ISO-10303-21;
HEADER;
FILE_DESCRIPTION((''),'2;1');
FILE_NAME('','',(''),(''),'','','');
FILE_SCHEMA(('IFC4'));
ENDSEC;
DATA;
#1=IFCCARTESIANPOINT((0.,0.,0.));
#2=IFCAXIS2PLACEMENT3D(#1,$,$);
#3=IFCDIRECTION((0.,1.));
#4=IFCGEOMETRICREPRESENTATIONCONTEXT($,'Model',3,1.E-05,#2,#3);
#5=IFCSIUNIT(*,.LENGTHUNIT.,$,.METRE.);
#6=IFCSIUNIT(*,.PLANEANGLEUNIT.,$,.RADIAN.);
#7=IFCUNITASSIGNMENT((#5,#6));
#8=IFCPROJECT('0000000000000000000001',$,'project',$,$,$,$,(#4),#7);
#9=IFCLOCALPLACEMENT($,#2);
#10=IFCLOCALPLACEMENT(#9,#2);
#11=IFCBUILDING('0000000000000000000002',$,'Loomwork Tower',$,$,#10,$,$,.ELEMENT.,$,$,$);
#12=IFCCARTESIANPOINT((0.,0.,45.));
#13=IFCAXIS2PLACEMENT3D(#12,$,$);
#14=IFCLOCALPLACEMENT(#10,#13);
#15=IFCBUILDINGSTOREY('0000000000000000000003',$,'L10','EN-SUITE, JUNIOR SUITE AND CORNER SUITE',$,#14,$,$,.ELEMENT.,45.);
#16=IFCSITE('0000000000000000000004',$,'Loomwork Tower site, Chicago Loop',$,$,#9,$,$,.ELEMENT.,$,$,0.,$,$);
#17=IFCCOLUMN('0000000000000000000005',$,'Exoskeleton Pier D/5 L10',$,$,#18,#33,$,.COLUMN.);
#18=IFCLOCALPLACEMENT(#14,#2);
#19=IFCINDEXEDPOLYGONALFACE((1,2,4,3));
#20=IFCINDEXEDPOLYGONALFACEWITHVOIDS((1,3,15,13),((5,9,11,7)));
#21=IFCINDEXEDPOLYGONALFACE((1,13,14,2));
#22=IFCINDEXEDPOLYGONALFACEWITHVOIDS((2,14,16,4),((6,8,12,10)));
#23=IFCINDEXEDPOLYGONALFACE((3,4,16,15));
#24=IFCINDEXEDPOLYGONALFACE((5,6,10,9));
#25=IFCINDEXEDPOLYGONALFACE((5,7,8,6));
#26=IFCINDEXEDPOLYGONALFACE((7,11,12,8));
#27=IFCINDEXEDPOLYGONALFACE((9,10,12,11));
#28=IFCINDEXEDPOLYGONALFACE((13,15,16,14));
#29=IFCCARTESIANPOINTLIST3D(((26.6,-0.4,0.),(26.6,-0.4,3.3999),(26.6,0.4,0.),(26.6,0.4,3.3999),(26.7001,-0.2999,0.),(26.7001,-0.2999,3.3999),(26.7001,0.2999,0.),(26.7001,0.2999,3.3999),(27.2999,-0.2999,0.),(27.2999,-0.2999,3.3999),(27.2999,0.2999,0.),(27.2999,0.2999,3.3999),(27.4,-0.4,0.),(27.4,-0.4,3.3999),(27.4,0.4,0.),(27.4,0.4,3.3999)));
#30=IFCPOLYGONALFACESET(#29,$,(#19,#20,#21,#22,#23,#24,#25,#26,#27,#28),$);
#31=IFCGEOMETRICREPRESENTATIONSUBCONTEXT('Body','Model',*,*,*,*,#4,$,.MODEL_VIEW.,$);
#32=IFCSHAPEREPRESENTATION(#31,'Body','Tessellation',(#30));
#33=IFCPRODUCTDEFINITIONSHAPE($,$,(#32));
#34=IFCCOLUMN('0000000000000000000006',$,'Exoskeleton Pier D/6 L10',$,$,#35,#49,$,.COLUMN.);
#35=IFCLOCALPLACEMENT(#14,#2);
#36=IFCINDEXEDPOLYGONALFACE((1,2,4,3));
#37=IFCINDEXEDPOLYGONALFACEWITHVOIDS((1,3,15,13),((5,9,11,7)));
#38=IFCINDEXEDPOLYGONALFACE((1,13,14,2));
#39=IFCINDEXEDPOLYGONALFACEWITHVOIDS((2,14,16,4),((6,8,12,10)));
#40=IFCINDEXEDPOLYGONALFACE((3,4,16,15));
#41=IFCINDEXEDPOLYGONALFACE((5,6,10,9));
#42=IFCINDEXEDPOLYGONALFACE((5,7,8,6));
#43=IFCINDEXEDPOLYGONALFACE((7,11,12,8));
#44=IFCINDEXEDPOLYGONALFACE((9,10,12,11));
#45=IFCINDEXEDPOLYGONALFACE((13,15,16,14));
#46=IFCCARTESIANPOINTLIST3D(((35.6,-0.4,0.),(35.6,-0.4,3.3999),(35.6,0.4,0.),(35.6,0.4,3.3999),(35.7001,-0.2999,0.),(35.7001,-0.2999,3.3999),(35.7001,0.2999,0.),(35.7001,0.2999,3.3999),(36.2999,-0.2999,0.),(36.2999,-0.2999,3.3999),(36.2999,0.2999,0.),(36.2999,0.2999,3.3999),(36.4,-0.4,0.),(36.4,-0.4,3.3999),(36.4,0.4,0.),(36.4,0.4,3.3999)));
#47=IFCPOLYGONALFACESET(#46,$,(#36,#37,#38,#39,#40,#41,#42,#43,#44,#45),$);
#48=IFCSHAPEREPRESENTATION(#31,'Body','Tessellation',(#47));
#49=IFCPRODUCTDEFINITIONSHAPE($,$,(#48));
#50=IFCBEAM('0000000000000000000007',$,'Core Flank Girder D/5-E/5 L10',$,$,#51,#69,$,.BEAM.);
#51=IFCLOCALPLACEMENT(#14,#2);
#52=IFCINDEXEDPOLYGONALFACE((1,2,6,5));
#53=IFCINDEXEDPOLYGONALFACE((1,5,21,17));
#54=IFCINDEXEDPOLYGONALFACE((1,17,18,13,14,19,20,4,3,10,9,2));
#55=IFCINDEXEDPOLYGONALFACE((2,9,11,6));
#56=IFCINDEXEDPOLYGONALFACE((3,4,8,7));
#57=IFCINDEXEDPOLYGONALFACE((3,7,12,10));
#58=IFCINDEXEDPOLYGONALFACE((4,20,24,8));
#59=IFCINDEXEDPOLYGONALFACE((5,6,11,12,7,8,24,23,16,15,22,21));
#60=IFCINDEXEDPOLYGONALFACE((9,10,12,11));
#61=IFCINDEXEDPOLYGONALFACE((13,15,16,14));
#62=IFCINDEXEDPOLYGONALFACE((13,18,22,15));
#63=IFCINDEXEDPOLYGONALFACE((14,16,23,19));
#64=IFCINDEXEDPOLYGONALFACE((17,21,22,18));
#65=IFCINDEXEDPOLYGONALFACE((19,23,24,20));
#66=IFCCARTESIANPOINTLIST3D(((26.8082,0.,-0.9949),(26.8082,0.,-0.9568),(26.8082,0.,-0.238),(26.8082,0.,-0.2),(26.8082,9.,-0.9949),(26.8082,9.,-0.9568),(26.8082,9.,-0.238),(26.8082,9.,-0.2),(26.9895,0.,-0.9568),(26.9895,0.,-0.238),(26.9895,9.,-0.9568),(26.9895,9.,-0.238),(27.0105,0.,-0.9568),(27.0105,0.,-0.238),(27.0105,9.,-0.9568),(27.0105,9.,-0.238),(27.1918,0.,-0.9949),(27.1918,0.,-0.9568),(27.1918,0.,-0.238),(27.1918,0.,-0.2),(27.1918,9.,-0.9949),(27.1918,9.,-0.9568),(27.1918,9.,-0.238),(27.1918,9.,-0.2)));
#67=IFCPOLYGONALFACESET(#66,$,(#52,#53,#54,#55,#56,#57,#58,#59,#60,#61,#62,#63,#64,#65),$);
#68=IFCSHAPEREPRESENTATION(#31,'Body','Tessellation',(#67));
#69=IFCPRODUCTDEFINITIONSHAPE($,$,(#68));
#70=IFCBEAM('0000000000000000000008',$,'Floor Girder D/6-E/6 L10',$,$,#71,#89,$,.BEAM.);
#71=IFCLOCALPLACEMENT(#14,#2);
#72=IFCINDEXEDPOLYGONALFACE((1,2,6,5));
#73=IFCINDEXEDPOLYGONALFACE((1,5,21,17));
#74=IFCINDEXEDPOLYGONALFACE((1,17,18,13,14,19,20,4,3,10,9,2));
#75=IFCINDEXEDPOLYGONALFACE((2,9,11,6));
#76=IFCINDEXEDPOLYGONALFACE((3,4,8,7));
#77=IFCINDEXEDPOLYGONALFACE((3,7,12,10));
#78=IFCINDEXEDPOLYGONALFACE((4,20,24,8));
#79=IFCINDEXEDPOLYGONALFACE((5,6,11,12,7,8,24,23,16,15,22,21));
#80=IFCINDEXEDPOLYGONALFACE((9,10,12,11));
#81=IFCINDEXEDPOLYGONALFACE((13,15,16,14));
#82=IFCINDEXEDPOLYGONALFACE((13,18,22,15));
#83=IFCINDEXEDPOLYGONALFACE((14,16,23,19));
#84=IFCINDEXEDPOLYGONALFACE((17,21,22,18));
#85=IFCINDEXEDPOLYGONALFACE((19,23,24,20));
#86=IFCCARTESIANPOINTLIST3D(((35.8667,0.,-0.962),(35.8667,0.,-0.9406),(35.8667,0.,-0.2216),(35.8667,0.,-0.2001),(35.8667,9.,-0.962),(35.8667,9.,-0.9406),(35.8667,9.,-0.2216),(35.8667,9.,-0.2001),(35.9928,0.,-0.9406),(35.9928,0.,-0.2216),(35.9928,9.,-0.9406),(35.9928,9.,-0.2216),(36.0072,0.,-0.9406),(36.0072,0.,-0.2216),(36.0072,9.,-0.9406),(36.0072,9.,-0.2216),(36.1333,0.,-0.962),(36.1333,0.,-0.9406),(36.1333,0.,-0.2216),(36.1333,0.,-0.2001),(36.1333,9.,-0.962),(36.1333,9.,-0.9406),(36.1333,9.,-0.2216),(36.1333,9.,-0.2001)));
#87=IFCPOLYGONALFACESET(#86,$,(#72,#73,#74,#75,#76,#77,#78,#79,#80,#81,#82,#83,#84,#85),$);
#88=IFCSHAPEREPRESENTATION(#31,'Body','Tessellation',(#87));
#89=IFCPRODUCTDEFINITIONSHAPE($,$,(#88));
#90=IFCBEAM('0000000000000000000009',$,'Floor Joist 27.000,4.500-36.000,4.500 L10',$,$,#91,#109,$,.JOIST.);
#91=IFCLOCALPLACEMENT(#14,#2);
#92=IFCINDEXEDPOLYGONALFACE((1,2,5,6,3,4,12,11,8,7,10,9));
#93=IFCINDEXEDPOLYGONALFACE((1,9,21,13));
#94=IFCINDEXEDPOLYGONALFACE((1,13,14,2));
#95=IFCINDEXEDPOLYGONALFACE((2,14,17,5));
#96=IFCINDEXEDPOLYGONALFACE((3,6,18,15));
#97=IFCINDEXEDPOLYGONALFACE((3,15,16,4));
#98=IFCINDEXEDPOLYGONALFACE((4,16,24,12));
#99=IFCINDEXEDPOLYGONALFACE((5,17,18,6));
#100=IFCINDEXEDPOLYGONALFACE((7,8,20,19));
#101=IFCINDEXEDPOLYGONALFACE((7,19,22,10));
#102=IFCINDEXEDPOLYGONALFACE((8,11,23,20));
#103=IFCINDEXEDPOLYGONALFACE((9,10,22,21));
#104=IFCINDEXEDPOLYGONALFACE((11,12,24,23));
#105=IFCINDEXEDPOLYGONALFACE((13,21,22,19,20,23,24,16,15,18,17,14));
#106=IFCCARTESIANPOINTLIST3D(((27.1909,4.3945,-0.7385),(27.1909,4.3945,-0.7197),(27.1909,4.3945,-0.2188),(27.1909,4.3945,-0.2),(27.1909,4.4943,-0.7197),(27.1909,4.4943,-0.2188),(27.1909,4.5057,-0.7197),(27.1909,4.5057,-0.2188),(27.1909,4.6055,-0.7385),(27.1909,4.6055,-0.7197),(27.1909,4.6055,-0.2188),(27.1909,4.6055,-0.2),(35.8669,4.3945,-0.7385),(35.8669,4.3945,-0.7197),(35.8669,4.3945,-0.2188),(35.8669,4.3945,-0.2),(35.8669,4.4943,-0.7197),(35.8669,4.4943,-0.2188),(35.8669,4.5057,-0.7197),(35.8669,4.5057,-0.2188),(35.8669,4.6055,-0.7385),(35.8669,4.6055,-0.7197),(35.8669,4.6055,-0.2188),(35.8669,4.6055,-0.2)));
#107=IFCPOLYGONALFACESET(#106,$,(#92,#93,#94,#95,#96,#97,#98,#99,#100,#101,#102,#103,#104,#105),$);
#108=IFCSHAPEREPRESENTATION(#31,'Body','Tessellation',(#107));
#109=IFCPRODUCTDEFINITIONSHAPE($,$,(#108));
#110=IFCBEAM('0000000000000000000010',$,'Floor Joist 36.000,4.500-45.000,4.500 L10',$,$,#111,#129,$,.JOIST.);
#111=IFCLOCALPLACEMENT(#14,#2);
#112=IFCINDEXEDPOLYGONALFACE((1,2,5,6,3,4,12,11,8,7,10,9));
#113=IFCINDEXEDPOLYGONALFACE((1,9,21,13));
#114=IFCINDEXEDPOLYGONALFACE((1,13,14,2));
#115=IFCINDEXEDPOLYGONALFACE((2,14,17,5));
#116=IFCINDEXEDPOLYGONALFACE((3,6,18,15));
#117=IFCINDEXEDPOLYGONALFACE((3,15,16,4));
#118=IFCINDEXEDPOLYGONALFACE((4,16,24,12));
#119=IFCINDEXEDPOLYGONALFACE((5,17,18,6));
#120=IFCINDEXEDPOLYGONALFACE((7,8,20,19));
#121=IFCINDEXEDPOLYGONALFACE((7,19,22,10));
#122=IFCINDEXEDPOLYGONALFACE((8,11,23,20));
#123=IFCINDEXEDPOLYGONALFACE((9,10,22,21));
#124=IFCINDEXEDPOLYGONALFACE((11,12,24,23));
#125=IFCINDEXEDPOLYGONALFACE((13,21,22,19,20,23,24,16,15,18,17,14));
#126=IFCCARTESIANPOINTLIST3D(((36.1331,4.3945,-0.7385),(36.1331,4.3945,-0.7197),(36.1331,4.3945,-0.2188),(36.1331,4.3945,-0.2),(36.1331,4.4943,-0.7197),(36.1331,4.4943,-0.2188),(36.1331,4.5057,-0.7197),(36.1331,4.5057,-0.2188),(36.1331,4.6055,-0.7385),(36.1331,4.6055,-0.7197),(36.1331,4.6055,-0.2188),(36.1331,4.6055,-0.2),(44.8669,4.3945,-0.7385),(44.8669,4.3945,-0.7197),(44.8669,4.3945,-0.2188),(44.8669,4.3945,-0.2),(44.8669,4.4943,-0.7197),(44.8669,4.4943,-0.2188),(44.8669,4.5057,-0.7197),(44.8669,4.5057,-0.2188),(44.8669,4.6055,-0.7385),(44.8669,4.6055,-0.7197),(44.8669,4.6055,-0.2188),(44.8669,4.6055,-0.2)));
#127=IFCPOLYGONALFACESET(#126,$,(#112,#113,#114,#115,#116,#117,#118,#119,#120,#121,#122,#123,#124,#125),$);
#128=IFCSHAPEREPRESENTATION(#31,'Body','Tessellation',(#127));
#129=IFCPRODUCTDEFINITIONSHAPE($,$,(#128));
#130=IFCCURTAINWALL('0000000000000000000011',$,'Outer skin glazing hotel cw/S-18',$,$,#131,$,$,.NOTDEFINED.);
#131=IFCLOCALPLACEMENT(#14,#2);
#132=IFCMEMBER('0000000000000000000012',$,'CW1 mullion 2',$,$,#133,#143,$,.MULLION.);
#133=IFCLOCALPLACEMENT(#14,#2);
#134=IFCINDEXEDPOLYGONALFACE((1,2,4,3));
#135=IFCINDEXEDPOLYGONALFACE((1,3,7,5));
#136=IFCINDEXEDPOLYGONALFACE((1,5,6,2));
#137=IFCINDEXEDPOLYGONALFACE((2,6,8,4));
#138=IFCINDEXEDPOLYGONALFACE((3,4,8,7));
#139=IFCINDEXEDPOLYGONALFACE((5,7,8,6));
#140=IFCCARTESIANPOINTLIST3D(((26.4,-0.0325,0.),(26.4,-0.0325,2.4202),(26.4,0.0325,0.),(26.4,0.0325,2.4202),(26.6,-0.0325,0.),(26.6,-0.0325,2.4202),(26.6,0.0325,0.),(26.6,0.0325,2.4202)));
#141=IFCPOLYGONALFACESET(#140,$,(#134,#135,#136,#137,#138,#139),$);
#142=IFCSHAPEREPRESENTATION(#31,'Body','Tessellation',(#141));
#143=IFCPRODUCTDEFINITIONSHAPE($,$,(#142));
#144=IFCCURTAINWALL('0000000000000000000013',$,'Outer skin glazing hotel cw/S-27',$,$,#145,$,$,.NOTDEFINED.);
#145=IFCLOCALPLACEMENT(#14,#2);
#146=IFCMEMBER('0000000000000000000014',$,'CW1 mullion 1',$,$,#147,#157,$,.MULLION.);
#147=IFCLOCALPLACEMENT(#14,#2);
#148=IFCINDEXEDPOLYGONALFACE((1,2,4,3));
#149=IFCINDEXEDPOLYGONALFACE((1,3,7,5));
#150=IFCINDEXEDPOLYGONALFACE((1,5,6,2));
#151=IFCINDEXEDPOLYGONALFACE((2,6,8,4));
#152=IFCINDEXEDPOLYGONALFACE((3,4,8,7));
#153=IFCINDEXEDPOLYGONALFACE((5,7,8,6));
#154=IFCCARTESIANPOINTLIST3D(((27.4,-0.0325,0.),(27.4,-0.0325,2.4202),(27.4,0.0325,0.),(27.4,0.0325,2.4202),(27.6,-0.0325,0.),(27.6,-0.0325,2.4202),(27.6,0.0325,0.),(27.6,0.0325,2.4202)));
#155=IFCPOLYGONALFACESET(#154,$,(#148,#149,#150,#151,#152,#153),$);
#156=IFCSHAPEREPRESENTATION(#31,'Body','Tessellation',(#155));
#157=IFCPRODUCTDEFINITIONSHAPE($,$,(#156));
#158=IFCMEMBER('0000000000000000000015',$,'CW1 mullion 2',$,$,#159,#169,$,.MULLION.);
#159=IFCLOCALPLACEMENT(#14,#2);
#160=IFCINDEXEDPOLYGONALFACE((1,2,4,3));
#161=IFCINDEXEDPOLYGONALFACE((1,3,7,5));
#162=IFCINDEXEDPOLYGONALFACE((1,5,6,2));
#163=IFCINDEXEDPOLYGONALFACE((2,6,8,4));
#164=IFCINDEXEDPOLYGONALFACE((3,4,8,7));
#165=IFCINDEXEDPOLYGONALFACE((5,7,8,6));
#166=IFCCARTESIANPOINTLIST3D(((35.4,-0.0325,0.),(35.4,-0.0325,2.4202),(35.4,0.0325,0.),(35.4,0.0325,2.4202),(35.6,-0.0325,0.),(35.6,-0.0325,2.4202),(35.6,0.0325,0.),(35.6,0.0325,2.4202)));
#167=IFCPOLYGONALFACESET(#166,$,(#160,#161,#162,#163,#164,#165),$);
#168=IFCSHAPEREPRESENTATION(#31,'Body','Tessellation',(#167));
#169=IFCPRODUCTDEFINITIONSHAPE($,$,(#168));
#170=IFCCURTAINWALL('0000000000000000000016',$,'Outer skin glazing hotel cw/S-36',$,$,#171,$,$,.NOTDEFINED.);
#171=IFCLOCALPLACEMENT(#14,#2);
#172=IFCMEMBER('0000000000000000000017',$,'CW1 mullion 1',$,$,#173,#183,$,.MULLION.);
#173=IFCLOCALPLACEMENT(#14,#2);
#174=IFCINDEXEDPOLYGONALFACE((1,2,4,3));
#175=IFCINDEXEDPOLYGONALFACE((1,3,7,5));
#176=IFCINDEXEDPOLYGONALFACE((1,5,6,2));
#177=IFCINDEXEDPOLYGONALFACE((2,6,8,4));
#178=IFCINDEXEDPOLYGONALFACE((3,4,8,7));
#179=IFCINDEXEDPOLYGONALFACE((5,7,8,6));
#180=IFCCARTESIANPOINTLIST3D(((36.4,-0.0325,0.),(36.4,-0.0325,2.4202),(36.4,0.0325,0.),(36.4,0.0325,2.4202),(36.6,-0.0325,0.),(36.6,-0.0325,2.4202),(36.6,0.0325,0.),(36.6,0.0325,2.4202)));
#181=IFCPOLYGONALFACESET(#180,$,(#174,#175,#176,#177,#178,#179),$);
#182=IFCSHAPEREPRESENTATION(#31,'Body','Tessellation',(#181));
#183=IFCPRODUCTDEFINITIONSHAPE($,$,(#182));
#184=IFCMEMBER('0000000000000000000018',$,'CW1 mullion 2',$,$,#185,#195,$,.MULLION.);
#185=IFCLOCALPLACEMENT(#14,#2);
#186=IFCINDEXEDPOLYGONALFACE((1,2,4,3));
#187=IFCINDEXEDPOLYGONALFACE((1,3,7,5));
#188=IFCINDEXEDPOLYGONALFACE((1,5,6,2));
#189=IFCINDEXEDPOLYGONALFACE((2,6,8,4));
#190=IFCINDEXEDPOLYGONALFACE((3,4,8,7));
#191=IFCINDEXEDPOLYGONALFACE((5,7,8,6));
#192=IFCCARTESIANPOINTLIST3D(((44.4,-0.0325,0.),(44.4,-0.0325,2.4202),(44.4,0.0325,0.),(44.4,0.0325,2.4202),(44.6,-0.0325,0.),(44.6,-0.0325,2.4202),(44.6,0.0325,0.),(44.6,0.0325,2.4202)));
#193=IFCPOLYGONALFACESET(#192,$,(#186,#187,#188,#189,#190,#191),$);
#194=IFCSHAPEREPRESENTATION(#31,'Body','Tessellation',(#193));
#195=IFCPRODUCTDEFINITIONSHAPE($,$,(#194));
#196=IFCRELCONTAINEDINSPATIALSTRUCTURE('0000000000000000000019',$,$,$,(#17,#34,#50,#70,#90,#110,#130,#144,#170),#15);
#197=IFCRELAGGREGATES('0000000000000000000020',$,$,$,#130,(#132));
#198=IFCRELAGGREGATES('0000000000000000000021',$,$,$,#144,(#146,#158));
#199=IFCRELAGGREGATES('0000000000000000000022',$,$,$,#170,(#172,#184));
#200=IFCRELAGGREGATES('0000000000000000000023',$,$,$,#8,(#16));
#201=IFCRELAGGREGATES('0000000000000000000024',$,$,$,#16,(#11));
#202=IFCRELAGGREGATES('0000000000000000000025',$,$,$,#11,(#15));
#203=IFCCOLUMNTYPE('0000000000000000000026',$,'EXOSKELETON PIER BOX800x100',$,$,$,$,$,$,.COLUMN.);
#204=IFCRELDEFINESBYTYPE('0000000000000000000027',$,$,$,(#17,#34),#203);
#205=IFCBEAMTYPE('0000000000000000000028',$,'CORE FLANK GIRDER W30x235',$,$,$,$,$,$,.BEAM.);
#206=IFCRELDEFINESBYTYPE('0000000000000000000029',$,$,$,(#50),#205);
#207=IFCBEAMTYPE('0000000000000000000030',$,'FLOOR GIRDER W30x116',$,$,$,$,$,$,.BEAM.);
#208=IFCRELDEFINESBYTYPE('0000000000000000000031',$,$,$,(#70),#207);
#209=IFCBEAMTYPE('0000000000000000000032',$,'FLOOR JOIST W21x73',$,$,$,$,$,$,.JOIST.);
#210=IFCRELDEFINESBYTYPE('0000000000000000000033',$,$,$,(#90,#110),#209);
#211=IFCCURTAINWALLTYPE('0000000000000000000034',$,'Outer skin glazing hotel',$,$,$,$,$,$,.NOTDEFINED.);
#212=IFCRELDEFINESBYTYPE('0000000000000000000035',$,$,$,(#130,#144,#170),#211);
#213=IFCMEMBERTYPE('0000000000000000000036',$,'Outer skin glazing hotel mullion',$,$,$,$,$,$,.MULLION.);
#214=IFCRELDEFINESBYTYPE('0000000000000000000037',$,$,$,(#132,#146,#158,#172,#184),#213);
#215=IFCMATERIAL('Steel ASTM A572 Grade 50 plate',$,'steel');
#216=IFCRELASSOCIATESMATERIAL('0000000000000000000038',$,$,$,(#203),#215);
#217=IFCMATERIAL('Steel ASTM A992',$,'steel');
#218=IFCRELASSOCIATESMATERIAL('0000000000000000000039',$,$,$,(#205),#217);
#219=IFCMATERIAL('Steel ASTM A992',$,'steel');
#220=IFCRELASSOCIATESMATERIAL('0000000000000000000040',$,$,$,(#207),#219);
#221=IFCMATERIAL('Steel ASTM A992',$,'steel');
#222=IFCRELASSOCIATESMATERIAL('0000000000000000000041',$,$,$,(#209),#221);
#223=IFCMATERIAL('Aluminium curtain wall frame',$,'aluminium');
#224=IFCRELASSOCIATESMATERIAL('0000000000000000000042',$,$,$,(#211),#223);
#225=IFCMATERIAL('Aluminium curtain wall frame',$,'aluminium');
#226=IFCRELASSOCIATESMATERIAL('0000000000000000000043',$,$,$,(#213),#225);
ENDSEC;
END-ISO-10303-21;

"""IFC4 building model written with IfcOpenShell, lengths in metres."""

from ifc_helpers import new_model, si_unit, direction, frame, origin, origin_2d, place, context, subcontext, project, spatial, rectangle, hollow_rectangle, i_section, extrude, material, material_profile, profile_set, type_object, element, aggregate, save


model = new_model("IFC4")

# Units and contexts
model_context = context("Model", 3, precision=1e-05, world=origin(), true_north=direction((0.0, 1.0)))
body_context = subcontext(model_context, "Body", "Model", "MODEL_VIEW")
ifc_project = project(units=[si_unit("LENGTHUNIT", "METRE"), si_unit("PLANEANGLEUNIT", "RADIAN")], contexts=[model_context])

# Site, building, storey
site_placement = place(None, origin())
site = spatial("IfcSite", under=ifc_project, at=site_placement, Name="Loomwork Tower site, Chicago Loop", CompositionType="ELEMENT", RefElevation=0.0)
building_placement = place(site_placement, origin())
building = spatial("IfcBuilding", under=site, at=building_placement, Name="Loomwork Tower", CompositionType="ELEMENT")
storey_placement = place(building_placement, frame((0.0, 0.0, 45.0)))
storey = spatial("IfcBuildingStorey", under=building, at=storey_placement, Name="L10", Description="EN-SUITE, JUNIOR SUITE AND CORNER SUITE", CompositionType="ELEMENT", Elevation=45.0)

# Columns
ifc_material_1 = material(Name="Steel ASTM A572 Grade 50 plate", Category="steel")
ifc_material_profile_1 = material_profile(ifc_material_1, hollow_rectangle(XDim=0.8, YDim=0.8, WallThickness=0.1001, at=origin_2d()), Name="BOX800x100")
ifc_profile_set_1 = profile_set([ifc_material_profile_1], Name="Steel ASTM A572 Grade 50 plate")
column_type = type_object("IfcColumnType", Name="EXOSKELETON PIER BOX800x100", PredefinedType="COLUMN", material=ifc_profile_set_1)
for number, where, z_axis, x_axis, name in (
    (1, (27.0, 0.0, 0.0), (0.0, 0.0, 1.0), (1.0, 0.0, 0.0), "Exoskeleton Pier D/5 L10"),
    (2, (36.0, 0.0, 0.0), (0.0, 0.0, 1.0), (1.0, 0.0, 0.0), "Exoskeleton Pier D/6 L10"),
):
    element("IfcColumn", number, at=place(storey_placement, frame(where, z_axis=z_axis, x_axis=x_axis)), inside=storey, type_object=column_type, Name=name, PredefinedType="COLUMN", context=body_context, shape_type="SweptSolid", body=[
        extrude(hollow_rectangle(XDim=0.8, YDim=0.8, WallThickness=0.1001, at=origin_2d()), origin(), (0.0, 0.0, 1.0), 3.3999),
    ])

# Beams
ifc_material_2 = material(Name="Steel ASTM A992", Category="steel")
ifc_material_profile_2 = material_profile(ifc_material_2, i_section(OverallWidth=0.3835, OverallDepth=0.7949, WebThickness=0.021, FlangeThickness=0.0381, at=origin_2d()), Name="W30x235")
ifc_profile_set_2 = profile_set([ifc_material_profile_2], Name="Steel ASTM A992")
beam_type_1 = type_object("IfcBeamType", Name="CORE FLANK GIRDER W30x235", PredefinedType="BEAM", material=ifc_profile_set_2)
beam_1_placement = place(storey_placement, frame((27.0, 0.0, -0.5974), z_axis=(0.0, 1.0, 0.0), x_axis=(-1.0, 0.0, 0.0)))
element("IfcBeam", 3, at=beam_1_placement, inside=storey, type_object=beam_type_1, Name="Core Flank Girder D/5-E/5 L10", PredefinedType="BEAM", context=body_context, shape_type="SweptSolid", body=[
    extrude(i_section(OverallWidth=0.3835, OverallDepth=0.7949, WebThickness=0.021, FlangeThickness=0.0381, at=origin_2d()), origin(), (0.0, 0.0, 1.0), 9.0),
])
ifc_material_3 = material(Name="Steel ASTM A992", Category="steel")
ifc_material_profile_3 = material_profile(ifc_material_3, i_section(OverallWidth=0.2666, OverallDepth=0.762, WebThickness=0.0144, FlangeThickness=0.0215, at=origin_2d()), Name="W30x116")
ifc_profile_set_3 = profile_set([ifc_material_profile_3], Name="Steel ASTM A992")
beam_type_2 = type_object("IfcBeamType", Name="FLOOR GIRDER W30x116", PredefinedType="BEAM", material=ifc_profile_set_3)
beam_2_placement = place(storey_placement, frame((36.0, 0.0, -0.5811), z_axis=(0.0, 1.0, 0.0), x_axis=(-1.0, 0.0, 0.0)))
element("IfcBeam", 4, at=beam_2_placement, inside=storey, type_object=beam_type_2, Name="Floor Girder D/6-E/6 L10", PredefinedType="BEAM", context=body_context, shape_type="SweptSolid", body=[
    extrude(i_section(OverallWidth=0.2666, OverallDepth=0.762, WebThickness=0.0144, FlangeThickness=0.0215, at=origin_2d()), origin(), (0.0, 0.0, 1.0), 9.0),
])
ifc_material_4 = material(Name="Steel ASTM A992", Category="steel")
ifc_material_profile_4 = material_profile(ifc_material_4, i_section(OverallWidth=0.2109, OverallDepth=0.5386, WebThickness=0.0115, FlangeThickness=0.0188, at=origin_2d()), Name="W21x73")
ifc_profile_set_4 = profile_set([ifc_material_profile_4], Name="Steel ASTM A992")
beam_type_3 = type_object("IfcBeamType", Name="FLOOR JOIST W21x73", PredefinedType="JOIST", material=ifc_profile_set_4)
beam_3_placement = place(storey_placement, frame((27.1909, 4.5, -0.4692), z_axis=(1.0, 0.0, 0.0), x_axis=(0.0, 1.0, 0.0)))
element("IfcBeam", 5, at=beam_3_placement, inside=storey, type_object=beam_type_3, Name="Floor Joist 27.000,4.500-36.000,4.500 L10", PredefinedType="JOIST", context=body_context, shape_type="SweptSolid", body=[
    extrude(i_section(OverallWidth=0.2109, OverallDepth=0.5386, WebThickness=0.0115, FlangeThickness=0.0188, at=origin_2d()), origin(), (0.0, 0.0, 1.0), 8.676),
])
beam_4_placement = place(storey_placement, frame((36.1331, 4.5, -0.4692), z_axis=(1.0, 0.0, 0.0), x_axis=(0.0, 1.0, 0.0)))
element("IfcBeam", 6, at=beam_4_placement, inside=storey, type_object=beam_type_3, Name="Floor Joist 36.000,4.500-45.000,4.500 L10", PredefinedType="JOIST", context=body_context, shape_type="SweptSolid", body=[
    extrude(i_section(OverallWidth=0.2109, OverallDepth=0.5386, WebThickness=0.0115, FlangeThickness=0.0188, at=origin_2d()), origin(), (0.0, 0.0, 1.0), 8.7339),
])

# Curtain wall, member
ifc_material_5 = material(Name="Aluminium curtain wall frame", Category="aluminium")
curtain_wall_type = type_object("IfcCurtainWallType", Name="Outer skin glazing hotel", PredefinedType="NOTDEFINED", material=ifc_material_5)
curtain_wall_1_placement = place(storey_placement, origin())
curtain_wall_1 = element("IfcCurtainWall", 7, at=curtain_wall_1_placement, inside=storey, type_object=curtain_wall_type, Name="Outer skin glazing hotel cw/S-18", PredefinedType="NOTDEFINED")
ifc_material_6 = material(Name="Aluminium curtain wall frame", Category="aluminium")
ifc_material_profile_5 = material_profile(ifc_material_6, rectangle(XDim=0.0649, YDim=0.2, at=origin_2d()), Name="AL 65x200")
ifc_profile_set_5 = profile_set([ifc_material_profile_5], Name="Aluminium curtain wall frame")
member_type_1 = type_object("IfcMemberType", Name="Outer skin glazing hotel mullion", PredefinedType="MULLION", material=ifc_profile_set_5)
member_1_placement = place(storey_placement, frame((26.5, 0.0, 0.0), z_axis=(0.0, 0.0, 1.0), x_axis=(0.0, 1.0, 0.0)))
member_1 = element("IfcMember", 8, at=member_1_placement, type_object=member_type_1, Name="CW1 mullion 2", PredefinedType="MULLION", context=body_context, shape_type="SweptSolid", body=[
    extrude(rectangle(XDim=0.0649, YDim=0.2, at=origin_2d()), origin(), (0.0, 0.0, 1.0), 2.4202),
])
aggregate(curtain_wall_1, [member_1])

# Curtain walls, members
curtain_wall_2_placement = place(storey_placement, origin())
curtain_wall_2 = element("IfcCurtainWall", 9, at=curtain_wall_2_placement, inside=storey, type_object=curtain_wall_type, Name="Outer skin glazing hotel cw/S-27", PredefinedType="NOTDEFINED")
member_2_placement = place(storey_placement, frame((27.5, 0.0, 0.0), z_axis=(0.0, 0.0, 1.0), x_axis=(0.0, 1.0, 0.0)))
member_2 = element("IfcMember", 10, at=member_2_placement, type_object=member_type_1, Name="CW1 mullion 1", PredefinedType="MULLION", context=body_context, shape_type="SweptSolid", body=[
    extrude(rectangle(XDim=0.0649, YDim=0.2, at=origin_2d()), origin(), (0.0, 0.0, 1.0), 2.4202),
])
member_3_placement = place(storey_placement, frame((35.5, 0.0, 0.0), z_axis=(0.0, 0.0, 1.0), x_axis=(0.0, 1.0, 0.0)))
member_3 = element("IfcMember", 11, at=member_3_placement, type_object=member_type_1, Name="CW1 mullion 2", PredefinedType="MULLION", context=body_context, shape_type="SweptSolid", body=[
    extrude(rectangle(XDim=0.0649, YDim=0.2, at=origin_2d()), origin(), (0.0, 0.0, 1.0), 2.4202),
])
curtain_wall_3_placement = place(storey_placement, origin())
curtain_wall_3 = element("IfcCurtainWall", 12, at=curtain_wall_3_placement, inside=storey, type_object=curtain_wall_type, Name="Outer skin glazing hotel cw/S-36", PredefinedType="NOTDEFINED")
member_4_placement = place(storey_placement, frame((36.5, 0.0, 0.0), z_axis=(0.0, 0.0, 1.0), x_axis=(0.0, 1.0, 0.0)))
member_4 = element("IfcMember", 13, at=member_4_placement, type_object=member_type_1, Name="CW1 mullion 1", PredefinedType="MULLION", context=body_context, shape_type="SweptSolid", body=[
    extrude(rectangle(XDim=0.0649, YDim=0.2, at=origin_2d()), origin(), (0.0, 0.0, 1.0), 2.4202),
])
member_5_placement = place(storey_placement, frame((44.5, 0.0, 0.0), z_axis=(0.0, 0.0, 1.0), x_axis=(0.0, 1.0, 0.0)))
member_5 = element("IfcMember", 14, at=member_5_placement, type_object=member_type_1, Name="CW1 mullion 2", PredefinedType="MULLION", context=body_context, shape_type="SweptSolid", body=[
    extrude(rectangle(XDim=0.0649, YDim=0.2, at=origin_2d()), origin(), (0.0, 0.0, 1.0), 2.4202),
])

aggregate(curtain_wall_2, [member_2, member_3])
aggregate(curtain_wall_3, [member_4, member_5])

save(model, "model.ifc")
